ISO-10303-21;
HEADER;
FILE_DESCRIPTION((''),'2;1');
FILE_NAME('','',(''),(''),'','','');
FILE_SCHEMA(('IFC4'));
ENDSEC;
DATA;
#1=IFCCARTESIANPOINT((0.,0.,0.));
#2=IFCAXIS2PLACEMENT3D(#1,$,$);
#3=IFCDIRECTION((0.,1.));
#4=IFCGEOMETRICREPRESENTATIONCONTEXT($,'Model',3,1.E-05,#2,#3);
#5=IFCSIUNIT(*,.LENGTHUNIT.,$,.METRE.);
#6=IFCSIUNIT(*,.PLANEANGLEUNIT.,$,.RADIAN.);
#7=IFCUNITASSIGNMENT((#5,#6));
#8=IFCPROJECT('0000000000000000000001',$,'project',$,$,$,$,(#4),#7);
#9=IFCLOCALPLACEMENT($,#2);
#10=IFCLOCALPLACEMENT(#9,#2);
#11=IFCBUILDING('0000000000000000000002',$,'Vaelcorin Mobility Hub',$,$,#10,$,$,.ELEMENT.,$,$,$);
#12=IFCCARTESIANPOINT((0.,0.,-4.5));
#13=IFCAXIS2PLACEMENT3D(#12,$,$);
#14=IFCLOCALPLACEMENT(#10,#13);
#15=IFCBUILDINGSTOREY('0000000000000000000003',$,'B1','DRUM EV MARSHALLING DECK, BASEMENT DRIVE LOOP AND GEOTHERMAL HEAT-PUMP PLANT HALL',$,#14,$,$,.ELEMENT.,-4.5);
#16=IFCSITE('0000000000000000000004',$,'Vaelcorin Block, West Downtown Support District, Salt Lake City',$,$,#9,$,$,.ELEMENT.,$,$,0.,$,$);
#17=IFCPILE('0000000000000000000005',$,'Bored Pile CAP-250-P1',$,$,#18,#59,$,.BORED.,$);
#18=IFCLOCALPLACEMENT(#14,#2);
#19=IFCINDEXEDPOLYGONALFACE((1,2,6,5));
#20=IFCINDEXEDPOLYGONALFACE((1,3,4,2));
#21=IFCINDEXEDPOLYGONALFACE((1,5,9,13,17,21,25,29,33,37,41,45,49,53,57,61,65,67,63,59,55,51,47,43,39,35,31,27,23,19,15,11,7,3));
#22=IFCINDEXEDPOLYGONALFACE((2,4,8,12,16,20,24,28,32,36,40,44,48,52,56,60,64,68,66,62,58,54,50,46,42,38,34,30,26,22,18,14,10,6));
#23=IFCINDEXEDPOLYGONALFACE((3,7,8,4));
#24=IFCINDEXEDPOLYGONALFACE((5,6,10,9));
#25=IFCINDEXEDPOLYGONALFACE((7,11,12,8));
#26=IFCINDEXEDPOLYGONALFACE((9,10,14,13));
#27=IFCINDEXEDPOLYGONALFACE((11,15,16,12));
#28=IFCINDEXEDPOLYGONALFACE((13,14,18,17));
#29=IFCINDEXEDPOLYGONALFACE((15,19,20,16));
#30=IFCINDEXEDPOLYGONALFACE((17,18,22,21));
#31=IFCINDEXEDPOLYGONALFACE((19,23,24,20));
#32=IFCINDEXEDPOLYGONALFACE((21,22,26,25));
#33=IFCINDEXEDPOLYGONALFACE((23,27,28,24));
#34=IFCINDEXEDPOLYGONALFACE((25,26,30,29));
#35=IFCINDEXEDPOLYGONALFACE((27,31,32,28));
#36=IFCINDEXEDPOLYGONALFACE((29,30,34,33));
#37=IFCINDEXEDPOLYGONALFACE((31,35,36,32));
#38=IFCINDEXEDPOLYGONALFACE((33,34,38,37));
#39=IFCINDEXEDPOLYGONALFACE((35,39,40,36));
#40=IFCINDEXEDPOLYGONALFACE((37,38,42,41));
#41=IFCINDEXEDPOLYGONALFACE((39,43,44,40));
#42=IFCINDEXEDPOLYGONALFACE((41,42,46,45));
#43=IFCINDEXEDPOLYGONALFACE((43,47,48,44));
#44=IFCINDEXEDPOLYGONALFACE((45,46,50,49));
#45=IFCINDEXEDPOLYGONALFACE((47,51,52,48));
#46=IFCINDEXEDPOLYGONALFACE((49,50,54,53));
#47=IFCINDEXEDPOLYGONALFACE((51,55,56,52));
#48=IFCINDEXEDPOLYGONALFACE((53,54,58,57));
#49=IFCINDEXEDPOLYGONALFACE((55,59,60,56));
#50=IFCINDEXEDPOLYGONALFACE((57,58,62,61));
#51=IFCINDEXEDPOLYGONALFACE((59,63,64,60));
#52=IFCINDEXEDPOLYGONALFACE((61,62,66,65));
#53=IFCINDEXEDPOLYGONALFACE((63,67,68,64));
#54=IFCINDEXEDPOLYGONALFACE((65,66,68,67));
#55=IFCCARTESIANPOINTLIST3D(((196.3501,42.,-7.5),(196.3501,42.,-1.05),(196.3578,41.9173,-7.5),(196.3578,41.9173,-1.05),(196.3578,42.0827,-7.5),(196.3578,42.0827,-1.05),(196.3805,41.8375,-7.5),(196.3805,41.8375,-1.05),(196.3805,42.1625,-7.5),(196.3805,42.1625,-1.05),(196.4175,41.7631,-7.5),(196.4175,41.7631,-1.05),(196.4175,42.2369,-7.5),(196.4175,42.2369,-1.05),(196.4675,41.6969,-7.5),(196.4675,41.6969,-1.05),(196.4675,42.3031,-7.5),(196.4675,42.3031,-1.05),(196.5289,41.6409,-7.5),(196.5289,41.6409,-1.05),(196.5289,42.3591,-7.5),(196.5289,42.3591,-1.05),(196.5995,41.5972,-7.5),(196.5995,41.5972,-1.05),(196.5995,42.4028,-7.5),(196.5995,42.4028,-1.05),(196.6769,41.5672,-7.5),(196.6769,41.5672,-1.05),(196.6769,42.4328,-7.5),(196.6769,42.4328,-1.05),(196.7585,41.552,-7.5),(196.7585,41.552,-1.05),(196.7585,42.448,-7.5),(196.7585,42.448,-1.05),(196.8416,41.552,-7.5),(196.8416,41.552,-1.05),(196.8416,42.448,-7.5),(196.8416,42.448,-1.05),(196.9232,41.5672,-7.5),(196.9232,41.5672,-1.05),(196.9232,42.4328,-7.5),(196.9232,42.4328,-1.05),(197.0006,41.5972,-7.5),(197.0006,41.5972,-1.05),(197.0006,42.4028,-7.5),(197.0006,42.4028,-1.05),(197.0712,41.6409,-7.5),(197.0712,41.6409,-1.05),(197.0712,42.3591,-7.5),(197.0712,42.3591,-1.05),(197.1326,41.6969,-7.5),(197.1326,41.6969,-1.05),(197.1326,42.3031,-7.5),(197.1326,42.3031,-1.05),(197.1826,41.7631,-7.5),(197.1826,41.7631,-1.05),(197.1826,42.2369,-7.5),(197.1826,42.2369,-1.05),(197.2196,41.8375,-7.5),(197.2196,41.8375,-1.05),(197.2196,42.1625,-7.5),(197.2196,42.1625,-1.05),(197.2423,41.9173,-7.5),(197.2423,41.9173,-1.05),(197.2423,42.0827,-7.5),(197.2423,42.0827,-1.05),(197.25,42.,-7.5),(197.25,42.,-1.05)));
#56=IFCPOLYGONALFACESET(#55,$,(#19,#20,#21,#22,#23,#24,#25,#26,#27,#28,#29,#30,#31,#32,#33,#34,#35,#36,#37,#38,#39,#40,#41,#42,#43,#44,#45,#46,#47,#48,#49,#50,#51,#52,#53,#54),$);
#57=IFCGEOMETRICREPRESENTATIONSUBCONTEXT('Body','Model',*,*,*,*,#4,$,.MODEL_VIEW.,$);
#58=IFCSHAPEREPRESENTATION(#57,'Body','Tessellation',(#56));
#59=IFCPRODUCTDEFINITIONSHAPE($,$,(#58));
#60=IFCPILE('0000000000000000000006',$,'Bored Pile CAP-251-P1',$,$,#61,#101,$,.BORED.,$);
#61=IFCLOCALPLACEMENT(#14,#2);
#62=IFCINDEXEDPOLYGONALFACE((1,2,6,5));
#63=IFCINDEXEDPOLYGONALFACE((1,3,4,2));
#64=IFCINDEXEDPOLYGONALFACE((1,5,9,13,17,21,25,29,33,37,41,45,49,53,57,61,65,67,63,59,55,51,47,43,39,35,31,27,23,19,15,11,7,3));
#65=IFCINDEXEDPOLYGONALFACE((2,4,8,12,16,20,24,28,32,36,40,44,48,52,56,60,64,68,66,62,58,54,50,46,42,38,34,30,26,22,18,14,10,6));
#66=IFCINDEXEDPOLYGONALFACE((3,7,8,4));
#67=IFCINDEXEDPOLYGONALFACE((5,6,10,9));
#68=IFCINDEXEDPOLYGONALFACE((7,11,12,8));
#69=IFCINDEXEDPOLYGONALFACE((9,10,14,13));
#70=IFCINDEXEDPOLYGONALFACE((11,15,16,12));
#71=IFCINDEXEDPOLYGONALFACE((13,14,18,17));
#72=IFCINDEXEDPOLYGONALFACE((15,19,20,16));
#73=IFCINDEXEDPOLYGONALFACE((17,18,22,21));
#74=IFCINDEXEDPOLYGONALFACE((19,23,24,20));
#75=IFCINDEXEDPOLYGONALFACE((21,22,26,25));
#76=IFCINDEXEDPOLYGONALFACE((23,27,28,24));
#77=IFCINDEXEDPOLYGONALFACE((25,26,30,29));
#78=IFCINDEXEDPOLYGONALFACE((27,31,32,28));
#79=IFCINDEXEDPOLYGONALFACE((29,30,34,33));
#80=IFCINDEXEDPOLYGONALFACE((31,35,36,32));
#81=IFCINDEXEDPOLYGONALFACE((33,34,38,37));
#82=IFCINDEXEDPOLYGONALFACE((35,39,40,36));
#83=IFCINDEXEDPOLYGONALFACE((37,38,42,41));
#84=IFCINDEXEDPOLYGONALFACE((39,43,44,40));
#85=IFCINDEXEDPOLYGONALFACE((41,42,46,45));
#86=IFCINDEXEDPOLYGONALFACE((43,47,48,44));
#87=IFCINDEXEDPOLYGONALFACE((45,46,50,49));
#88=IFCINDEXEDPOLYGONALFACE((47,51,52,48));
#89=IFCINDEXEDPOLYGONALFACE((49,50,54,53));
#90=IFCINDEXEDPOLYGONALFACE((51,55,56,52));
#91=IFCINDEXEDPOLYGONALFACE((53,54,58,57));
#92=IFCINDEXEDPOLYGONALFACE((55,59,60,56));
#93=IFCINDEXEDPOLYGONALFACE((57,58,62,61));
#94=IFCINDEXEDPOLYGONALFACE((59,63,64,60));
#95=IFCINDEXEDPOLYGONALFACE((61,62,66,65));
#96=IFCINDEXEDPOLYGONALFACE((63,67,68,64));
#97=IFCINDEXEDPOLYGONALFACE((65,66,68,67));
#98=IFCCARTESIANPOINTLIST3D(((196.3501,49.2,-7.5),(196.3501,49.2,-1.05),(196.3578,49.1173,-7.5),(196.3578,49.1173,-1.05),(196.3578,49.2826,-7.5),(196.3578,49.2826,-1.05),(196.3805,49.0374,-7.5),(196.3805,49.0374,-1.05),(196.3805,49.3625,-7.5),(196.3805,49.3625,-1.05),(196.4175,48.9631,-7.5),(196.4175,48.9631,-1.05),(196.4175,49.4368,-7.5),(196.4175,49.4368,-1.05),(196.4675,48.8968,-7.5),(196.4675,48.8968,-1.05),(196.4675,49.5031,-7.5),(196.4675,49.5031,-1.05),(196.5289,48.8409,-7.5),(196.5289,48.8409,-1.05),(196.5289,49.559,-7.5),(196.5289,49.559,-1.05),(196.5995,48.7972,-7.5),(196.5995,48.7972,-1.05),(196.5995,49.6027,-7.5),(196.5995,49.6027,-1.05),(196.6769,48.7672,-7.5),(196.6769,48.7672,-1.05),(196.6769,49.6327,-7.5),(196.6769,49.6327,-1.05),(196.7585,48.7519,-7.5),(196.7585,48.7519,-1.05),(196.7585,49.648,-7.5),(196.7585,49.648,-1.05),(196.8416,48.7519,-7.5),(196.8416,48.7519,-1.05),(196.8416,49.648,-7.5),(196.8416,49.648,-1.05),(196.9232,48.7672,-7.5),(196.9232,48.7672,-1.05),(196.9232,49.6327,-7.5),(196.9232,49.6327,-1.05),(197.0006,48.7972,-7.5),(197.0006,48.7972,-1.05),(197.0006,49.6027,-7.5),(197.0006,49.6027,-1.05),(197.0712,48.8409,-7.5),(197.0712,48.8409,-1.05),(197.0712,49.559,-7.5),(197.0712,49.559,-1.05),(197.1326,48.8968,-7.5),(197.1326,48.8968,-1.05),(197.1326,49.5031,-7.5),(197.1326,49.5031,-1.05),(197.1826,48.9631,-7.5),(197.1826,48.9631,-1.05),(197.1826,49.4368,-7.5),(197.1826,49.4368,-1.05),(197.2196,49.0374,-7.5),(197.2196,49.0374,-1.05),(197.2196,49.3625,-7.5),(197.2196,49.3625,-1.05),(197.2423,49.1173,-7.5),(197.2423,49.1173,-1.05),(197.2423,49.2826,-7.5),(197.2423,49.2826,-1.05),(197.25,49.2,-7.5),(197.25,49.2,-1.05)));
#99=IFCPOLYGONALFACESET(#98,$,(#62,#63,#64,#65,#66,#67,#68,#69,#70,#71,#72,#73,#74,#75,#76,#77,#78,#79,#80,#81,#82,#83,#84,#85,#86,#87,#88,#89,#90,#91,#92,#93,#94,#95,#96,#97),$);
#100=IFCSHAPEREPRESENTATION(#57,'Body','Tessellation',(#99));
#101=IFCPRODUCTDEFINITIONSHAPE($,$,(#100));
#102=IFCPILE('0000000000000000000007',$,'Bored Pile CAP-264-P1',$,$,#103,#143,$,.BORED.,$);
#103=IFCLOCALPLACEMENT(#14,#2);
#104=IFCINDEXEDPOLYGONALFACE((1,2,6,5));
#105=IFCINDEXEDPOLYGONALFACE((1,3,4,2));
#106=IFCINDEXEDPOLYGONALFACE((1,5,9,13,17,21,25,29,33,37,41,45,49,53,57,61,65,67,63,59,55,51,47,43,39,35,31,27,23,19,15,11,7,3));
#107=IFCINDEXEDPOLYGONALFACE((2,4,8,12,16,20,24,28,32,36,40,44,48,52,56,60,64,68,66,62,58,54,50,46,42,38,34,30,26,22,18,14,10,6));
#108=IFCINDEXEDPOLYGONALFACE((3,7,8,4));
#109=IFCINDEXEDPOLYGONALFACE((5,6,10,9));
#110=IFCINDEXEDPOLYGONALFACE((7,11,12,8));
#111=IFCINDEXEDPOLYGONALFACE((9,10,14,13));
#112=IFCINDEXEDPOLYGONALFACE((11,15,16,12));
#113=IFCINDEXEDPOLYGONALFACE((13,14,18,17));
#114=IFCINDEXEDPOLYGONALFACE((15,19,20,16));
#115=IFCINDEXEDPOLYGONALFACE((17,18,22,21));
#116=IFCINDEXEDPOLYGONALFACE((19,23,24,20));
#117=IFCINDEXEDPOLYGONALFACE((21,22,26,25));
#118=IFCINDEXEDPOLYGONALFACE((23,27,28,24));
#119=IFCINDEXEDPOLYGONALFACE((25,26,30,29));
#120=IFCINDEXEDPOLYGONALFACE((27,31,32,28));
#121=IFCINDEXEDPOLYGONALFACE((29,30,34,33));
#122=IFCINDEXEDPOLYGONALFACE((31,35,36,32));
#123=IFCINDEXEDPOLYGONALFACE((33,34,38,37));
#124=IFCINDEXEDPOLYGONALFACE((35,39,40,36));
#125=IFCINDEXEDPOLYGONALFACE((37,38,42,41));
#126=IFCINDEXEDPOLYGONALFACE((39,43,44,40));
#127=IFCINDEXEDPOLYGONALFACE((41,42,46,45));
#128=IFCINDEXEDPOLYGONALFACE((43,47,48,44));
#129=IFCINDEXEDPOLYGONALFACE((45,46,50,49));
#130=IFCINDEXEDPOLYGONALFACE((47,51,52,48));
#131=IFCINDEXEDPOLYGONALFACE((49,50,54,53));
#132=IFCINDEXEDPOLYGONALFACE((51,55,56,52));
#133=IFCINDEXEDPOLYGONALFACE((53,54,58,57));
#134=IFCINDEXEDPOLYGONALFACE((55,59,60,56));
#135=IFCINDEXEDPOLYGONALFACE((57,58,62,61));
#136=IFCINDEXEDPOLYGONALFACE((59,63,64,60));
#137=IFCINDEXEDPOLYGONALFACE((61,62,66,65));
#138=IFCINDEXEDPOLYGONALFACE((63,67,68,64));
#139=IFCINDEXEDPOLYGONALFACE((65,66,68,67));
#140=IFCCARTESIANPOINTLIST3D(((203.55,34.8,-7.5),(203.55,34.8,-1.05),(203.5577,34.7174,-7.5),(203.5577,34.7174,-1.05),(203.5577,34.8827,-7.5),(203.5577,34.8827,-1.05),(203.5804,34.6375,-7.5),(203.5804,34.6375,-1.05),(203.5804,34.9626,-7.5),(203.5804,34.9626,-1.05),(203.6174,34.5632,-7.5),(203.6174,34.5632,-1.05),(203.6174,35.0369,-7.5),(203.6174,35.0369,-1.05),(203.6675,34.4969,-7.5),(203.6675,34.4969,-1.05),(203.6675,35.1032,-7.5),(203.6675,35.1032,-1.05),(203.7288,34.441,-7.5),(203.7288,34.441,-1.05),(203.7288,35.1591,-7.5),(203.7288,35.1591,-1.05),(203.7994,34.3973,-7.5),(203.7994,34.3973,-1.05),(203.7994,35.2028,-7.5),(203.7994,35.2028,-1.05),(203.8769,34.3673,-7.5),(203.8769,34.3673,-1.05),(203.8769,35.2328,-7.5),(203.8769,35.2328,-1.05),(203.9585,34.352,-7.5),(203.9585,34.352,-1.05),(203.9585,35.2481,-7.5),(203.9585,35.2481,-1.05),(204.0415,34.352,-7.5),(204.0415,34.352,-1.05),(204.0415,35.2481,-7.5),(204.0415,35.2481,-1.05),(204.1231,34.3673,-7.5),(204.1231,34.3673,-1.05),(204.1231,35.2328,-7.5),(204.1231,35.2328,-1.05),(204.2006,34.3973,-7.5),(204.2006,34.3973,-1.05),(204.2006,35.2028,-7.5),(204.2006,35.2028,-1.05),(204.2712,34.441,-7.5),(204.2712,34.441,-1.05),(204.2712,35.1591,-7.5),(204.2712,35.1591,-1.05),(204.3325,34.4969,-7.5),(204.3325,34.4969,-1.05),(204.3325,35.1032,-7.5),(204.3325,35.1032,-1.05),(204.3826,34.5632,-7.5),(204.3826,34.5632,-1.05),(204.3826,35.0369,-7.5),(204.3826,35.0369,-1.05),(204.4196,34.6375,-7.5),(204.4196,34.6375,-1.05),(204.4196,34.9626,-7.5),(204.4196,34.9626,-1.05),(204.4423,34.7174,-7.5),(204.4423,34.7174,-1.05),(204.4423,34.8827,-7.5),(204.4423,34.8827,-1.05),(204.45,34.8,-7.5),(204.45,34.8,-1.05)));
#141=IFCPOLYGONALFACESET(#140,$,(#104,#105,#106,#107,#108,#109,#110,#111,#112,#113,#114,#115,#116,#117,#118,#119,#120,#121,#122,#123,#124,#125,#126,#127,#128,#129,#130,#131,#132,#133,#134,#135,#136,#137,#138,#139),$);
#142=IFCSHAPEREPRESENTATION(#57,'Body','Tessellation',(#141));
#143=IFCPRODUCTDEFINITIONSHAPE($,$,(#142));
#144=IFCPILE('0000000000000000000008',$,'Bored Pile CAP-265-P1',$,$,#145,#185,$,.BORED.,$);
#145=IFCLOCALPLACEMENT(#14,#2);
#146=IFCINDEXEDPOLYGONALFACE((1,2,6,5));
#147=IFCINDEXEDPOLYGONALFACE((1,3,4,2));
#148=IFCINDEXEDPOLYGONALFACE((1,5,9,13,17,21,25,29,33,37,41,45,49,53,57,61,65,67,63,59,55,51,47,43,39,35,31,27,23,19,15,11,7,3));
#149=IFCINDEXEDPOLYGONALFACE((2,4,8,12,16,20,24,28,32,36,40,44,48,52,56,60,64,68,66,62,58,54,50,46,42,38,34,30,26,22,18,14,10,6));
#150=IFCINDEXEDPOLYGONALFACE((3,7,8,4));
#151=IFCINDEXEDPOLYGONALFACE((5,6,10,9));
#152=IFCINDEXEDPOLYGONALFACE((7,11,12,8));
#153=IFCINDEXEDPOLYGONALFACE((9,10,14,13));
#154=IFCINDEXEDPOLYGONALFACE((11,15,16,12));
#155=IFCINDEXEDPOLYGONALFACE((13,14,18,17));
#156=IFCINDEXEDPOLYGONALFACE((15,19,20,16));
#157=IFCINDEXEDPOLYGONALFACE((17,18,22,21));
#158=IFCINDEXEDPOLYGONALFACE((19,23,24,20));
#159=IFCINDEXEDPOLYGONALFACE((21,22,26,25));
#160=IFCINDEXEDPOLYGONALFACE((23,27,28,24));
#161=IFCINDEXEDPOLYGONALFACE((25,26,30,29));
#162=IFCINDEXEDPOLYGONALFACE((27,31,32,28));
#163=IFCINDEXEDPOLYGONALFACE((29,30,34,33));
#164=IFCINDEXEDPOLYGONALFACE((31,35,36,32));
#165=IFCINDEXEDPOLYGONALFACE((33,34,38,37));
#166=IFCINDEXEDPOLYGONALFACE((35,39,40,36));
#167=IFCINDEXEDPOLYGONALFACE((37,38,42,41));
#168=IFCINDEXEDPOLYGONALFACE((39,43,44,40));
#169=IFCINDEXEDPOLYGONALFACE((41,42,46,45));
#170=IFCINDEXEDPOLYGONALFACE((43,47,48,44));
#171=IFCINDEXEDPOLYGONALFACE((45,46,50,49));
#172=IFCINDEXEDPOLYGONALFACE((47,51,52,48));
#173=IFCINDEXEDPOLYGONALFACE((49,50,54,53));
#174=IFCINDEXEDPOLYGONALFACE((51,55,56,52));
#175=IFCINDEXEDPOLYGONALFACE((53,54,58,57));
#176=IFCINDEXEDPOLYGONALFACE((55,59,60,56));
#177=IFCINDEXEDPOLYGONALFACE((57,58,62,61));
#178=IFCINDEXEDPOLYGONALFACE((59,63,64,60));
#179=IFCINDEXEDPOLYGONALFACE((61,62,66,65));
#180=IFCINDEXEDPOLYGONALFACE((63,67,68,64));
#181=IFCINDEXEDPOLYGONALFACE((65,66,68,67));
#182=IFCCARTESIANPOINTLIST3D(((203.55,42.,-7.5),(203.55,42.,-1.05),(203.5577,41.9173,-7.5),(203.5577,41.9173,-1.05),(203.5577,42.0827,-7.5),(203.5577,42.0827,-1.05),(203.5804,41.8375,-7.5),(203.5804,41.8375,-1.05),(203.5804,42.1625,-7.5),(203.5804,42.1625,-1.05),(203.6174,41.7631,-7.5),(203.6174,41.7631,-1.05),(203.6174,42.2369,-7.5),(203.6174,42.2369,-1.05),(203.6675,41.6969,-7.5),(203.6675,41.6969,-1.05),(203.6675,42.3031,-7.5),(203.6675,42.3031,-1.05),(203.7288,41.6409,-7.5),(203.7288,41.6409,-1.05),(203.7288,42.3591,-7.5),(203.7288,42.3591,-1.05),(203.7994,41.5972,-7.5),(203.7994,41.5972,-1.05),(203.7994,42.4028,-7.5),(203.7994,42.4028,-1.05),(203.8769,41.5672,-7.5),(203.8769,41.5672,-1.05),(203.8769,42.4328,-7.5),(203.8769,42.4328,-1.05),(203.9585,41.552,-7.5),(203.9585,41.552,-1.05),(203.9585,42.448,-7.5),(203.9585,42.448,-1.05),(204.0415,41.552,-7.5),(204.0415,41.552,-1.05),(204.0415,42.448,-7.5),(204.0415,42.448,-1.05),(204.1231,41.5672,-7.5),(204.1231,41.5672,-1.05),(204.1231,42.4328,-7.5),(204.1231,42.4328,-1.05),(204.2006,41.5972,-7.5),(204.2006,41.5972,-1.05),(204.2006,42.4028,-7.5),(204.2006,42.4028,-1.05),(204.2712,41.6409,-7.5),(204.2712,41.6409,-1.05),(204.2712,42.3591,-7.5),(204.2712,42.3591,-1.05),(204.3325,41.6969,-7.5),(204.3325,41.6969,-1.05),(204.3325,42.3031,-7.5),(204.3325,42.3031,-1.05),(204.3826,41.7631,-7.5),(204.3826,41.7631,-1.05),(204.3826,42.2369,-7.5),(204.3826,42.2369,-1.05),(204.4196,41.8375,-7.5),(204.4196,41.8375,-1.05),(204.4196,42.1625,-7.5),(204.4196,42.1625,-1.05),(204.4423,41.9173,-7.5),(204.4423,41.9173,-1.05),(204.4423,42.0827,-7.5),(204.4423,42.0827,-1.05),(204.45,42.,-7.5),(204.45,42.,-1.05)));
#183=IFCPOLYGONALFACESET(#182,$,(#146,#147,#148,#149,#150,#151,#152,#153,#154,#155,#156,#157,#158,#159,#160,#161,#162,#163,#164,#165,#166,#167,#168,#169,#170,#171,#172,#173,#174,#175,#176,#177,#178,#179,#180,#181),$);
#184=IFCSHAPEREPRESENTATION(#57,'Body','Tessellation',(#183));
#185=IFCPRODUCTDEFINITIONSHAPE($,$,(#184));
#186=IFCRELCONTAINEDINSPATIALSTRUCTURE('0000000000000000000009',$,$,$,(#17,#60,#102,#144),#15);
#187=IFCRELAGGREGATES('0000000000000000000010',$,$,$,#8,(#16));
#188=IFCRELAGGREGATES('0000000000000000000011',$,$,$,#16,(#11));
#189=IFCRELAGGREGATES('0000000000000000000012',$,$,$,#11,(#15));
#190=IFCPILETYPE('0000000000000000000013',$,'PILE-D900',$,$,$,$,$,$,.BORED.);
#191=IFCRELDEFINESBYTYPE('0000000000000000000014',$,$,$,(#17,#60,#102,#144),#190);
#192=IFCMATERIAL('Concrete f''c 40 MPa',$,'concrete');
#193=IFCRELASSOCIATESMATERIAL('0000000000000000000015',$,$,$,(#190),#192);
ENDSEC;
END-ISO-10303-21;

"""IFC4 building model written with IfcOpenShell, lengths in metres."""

from ifc_helpers import new_model, si_unit, direction, frame, origin, origin_2d, place, context, subcontext, project, spatial, circle, extrude, material, material_profile, profile_set, type_object, element, save


model = new_model("IFC4")

# Units and contexts
model_context = context("Model", 3, precision=1e-05, world=origin(), true_north=direction((0.0, 1.0)))
body_context = subcontext(model_context, "Body", "Model", "MODEL_VIEW")
ifc_project = project(units=[si_unit("LENGTHUNIT", "METRE"), si_unit("PLANEANGLEUNIT", "RADIAN")], contexts=[model_context])

# Site, building, storey
site_placement = place(None, origin())
site = spatial("IfcSite", under=ifc_project, at=site_placement, Name="Vaelcorin Block, West Downtown Support District, Salt Lake City", CompositionType="ELEMENT", RefElevation=0.0)
building_placement = place(site_placement, origin())
building = spatial("IfcBuilding", under=site, at=building_placement, Name="Vaelcorin Mobility Hub", CompositionType="ELEMENT")
storey_placement = place(building_placement, frame((0.0, 0.0, -4.5)))
storey = spatial("IfcBuildingStorey", under=building, at=storey_placement, Name="B1", Description="DRUM EV MARSHALLING DECK, BASEMENT DRIVE LOOP AND GEOTHERMAL HEAT-PUMP PLANT HALL", CompositionType="ELEMENT", Elevation=-4.5)

# Shared definitions
ifc_material_1 = material(Name="Concrete f'c 40 MPa", Category="concrete")

# Piles
ifc_material_profile_1 = material_profile(ifc_material_1, circle(Radius=0.45, at=origin_2d()), Name="BP-D900")
ifc_profile_set_1 = profile_set([ifc_material_profile_1], Name="Concrete f'c 40 MPa")
pile_type_1 = type_object("IfcPileType", Name="PILE-D900", PredefinedType="BORED", material=ifc_profile_set_1)
for number, where, z_axis, x_axis, name in (
    (1, (196.8, 42.0, -1.05), (0.0, 0.0, -1.0), (1.0, 0.0, 0.0), "Bored Pile CAP-250-P1"),
    (2, (196.8, 49.2, -1.05), (0.0, 0.0, -1.0), (1.0, 0.0, 0.0), "Bored Pile CAP-251-P1"),
    (3, (204.0, 34.8, -1.05), (0.0, 0.0, -1.0), (1.0, 0.0, 0.0), "Bored Pile CAP-264-P1"),
    (4, (204.0, 42.0, -1.05), (0.0, 0.0, -1.0), (1.0, 0.0, 0.0), "Bored Pile CAP-265-P1"),
):
    element("IfcPile", number, at=place(storey_placement, frame(where, z_axis=z_axis, x_axis=x_axis)), inside=storey, type_object=pile_type_1, Name=name, PredefinedType="BORED", context=body_context, shape_type="SweptSolid", body=[
        extrude(circle(Radius=0.45, at=origin_2d()), origin(), (0.0, 0.0, 1.0), 6.45),
    ])

save(model, "model.ifc")
